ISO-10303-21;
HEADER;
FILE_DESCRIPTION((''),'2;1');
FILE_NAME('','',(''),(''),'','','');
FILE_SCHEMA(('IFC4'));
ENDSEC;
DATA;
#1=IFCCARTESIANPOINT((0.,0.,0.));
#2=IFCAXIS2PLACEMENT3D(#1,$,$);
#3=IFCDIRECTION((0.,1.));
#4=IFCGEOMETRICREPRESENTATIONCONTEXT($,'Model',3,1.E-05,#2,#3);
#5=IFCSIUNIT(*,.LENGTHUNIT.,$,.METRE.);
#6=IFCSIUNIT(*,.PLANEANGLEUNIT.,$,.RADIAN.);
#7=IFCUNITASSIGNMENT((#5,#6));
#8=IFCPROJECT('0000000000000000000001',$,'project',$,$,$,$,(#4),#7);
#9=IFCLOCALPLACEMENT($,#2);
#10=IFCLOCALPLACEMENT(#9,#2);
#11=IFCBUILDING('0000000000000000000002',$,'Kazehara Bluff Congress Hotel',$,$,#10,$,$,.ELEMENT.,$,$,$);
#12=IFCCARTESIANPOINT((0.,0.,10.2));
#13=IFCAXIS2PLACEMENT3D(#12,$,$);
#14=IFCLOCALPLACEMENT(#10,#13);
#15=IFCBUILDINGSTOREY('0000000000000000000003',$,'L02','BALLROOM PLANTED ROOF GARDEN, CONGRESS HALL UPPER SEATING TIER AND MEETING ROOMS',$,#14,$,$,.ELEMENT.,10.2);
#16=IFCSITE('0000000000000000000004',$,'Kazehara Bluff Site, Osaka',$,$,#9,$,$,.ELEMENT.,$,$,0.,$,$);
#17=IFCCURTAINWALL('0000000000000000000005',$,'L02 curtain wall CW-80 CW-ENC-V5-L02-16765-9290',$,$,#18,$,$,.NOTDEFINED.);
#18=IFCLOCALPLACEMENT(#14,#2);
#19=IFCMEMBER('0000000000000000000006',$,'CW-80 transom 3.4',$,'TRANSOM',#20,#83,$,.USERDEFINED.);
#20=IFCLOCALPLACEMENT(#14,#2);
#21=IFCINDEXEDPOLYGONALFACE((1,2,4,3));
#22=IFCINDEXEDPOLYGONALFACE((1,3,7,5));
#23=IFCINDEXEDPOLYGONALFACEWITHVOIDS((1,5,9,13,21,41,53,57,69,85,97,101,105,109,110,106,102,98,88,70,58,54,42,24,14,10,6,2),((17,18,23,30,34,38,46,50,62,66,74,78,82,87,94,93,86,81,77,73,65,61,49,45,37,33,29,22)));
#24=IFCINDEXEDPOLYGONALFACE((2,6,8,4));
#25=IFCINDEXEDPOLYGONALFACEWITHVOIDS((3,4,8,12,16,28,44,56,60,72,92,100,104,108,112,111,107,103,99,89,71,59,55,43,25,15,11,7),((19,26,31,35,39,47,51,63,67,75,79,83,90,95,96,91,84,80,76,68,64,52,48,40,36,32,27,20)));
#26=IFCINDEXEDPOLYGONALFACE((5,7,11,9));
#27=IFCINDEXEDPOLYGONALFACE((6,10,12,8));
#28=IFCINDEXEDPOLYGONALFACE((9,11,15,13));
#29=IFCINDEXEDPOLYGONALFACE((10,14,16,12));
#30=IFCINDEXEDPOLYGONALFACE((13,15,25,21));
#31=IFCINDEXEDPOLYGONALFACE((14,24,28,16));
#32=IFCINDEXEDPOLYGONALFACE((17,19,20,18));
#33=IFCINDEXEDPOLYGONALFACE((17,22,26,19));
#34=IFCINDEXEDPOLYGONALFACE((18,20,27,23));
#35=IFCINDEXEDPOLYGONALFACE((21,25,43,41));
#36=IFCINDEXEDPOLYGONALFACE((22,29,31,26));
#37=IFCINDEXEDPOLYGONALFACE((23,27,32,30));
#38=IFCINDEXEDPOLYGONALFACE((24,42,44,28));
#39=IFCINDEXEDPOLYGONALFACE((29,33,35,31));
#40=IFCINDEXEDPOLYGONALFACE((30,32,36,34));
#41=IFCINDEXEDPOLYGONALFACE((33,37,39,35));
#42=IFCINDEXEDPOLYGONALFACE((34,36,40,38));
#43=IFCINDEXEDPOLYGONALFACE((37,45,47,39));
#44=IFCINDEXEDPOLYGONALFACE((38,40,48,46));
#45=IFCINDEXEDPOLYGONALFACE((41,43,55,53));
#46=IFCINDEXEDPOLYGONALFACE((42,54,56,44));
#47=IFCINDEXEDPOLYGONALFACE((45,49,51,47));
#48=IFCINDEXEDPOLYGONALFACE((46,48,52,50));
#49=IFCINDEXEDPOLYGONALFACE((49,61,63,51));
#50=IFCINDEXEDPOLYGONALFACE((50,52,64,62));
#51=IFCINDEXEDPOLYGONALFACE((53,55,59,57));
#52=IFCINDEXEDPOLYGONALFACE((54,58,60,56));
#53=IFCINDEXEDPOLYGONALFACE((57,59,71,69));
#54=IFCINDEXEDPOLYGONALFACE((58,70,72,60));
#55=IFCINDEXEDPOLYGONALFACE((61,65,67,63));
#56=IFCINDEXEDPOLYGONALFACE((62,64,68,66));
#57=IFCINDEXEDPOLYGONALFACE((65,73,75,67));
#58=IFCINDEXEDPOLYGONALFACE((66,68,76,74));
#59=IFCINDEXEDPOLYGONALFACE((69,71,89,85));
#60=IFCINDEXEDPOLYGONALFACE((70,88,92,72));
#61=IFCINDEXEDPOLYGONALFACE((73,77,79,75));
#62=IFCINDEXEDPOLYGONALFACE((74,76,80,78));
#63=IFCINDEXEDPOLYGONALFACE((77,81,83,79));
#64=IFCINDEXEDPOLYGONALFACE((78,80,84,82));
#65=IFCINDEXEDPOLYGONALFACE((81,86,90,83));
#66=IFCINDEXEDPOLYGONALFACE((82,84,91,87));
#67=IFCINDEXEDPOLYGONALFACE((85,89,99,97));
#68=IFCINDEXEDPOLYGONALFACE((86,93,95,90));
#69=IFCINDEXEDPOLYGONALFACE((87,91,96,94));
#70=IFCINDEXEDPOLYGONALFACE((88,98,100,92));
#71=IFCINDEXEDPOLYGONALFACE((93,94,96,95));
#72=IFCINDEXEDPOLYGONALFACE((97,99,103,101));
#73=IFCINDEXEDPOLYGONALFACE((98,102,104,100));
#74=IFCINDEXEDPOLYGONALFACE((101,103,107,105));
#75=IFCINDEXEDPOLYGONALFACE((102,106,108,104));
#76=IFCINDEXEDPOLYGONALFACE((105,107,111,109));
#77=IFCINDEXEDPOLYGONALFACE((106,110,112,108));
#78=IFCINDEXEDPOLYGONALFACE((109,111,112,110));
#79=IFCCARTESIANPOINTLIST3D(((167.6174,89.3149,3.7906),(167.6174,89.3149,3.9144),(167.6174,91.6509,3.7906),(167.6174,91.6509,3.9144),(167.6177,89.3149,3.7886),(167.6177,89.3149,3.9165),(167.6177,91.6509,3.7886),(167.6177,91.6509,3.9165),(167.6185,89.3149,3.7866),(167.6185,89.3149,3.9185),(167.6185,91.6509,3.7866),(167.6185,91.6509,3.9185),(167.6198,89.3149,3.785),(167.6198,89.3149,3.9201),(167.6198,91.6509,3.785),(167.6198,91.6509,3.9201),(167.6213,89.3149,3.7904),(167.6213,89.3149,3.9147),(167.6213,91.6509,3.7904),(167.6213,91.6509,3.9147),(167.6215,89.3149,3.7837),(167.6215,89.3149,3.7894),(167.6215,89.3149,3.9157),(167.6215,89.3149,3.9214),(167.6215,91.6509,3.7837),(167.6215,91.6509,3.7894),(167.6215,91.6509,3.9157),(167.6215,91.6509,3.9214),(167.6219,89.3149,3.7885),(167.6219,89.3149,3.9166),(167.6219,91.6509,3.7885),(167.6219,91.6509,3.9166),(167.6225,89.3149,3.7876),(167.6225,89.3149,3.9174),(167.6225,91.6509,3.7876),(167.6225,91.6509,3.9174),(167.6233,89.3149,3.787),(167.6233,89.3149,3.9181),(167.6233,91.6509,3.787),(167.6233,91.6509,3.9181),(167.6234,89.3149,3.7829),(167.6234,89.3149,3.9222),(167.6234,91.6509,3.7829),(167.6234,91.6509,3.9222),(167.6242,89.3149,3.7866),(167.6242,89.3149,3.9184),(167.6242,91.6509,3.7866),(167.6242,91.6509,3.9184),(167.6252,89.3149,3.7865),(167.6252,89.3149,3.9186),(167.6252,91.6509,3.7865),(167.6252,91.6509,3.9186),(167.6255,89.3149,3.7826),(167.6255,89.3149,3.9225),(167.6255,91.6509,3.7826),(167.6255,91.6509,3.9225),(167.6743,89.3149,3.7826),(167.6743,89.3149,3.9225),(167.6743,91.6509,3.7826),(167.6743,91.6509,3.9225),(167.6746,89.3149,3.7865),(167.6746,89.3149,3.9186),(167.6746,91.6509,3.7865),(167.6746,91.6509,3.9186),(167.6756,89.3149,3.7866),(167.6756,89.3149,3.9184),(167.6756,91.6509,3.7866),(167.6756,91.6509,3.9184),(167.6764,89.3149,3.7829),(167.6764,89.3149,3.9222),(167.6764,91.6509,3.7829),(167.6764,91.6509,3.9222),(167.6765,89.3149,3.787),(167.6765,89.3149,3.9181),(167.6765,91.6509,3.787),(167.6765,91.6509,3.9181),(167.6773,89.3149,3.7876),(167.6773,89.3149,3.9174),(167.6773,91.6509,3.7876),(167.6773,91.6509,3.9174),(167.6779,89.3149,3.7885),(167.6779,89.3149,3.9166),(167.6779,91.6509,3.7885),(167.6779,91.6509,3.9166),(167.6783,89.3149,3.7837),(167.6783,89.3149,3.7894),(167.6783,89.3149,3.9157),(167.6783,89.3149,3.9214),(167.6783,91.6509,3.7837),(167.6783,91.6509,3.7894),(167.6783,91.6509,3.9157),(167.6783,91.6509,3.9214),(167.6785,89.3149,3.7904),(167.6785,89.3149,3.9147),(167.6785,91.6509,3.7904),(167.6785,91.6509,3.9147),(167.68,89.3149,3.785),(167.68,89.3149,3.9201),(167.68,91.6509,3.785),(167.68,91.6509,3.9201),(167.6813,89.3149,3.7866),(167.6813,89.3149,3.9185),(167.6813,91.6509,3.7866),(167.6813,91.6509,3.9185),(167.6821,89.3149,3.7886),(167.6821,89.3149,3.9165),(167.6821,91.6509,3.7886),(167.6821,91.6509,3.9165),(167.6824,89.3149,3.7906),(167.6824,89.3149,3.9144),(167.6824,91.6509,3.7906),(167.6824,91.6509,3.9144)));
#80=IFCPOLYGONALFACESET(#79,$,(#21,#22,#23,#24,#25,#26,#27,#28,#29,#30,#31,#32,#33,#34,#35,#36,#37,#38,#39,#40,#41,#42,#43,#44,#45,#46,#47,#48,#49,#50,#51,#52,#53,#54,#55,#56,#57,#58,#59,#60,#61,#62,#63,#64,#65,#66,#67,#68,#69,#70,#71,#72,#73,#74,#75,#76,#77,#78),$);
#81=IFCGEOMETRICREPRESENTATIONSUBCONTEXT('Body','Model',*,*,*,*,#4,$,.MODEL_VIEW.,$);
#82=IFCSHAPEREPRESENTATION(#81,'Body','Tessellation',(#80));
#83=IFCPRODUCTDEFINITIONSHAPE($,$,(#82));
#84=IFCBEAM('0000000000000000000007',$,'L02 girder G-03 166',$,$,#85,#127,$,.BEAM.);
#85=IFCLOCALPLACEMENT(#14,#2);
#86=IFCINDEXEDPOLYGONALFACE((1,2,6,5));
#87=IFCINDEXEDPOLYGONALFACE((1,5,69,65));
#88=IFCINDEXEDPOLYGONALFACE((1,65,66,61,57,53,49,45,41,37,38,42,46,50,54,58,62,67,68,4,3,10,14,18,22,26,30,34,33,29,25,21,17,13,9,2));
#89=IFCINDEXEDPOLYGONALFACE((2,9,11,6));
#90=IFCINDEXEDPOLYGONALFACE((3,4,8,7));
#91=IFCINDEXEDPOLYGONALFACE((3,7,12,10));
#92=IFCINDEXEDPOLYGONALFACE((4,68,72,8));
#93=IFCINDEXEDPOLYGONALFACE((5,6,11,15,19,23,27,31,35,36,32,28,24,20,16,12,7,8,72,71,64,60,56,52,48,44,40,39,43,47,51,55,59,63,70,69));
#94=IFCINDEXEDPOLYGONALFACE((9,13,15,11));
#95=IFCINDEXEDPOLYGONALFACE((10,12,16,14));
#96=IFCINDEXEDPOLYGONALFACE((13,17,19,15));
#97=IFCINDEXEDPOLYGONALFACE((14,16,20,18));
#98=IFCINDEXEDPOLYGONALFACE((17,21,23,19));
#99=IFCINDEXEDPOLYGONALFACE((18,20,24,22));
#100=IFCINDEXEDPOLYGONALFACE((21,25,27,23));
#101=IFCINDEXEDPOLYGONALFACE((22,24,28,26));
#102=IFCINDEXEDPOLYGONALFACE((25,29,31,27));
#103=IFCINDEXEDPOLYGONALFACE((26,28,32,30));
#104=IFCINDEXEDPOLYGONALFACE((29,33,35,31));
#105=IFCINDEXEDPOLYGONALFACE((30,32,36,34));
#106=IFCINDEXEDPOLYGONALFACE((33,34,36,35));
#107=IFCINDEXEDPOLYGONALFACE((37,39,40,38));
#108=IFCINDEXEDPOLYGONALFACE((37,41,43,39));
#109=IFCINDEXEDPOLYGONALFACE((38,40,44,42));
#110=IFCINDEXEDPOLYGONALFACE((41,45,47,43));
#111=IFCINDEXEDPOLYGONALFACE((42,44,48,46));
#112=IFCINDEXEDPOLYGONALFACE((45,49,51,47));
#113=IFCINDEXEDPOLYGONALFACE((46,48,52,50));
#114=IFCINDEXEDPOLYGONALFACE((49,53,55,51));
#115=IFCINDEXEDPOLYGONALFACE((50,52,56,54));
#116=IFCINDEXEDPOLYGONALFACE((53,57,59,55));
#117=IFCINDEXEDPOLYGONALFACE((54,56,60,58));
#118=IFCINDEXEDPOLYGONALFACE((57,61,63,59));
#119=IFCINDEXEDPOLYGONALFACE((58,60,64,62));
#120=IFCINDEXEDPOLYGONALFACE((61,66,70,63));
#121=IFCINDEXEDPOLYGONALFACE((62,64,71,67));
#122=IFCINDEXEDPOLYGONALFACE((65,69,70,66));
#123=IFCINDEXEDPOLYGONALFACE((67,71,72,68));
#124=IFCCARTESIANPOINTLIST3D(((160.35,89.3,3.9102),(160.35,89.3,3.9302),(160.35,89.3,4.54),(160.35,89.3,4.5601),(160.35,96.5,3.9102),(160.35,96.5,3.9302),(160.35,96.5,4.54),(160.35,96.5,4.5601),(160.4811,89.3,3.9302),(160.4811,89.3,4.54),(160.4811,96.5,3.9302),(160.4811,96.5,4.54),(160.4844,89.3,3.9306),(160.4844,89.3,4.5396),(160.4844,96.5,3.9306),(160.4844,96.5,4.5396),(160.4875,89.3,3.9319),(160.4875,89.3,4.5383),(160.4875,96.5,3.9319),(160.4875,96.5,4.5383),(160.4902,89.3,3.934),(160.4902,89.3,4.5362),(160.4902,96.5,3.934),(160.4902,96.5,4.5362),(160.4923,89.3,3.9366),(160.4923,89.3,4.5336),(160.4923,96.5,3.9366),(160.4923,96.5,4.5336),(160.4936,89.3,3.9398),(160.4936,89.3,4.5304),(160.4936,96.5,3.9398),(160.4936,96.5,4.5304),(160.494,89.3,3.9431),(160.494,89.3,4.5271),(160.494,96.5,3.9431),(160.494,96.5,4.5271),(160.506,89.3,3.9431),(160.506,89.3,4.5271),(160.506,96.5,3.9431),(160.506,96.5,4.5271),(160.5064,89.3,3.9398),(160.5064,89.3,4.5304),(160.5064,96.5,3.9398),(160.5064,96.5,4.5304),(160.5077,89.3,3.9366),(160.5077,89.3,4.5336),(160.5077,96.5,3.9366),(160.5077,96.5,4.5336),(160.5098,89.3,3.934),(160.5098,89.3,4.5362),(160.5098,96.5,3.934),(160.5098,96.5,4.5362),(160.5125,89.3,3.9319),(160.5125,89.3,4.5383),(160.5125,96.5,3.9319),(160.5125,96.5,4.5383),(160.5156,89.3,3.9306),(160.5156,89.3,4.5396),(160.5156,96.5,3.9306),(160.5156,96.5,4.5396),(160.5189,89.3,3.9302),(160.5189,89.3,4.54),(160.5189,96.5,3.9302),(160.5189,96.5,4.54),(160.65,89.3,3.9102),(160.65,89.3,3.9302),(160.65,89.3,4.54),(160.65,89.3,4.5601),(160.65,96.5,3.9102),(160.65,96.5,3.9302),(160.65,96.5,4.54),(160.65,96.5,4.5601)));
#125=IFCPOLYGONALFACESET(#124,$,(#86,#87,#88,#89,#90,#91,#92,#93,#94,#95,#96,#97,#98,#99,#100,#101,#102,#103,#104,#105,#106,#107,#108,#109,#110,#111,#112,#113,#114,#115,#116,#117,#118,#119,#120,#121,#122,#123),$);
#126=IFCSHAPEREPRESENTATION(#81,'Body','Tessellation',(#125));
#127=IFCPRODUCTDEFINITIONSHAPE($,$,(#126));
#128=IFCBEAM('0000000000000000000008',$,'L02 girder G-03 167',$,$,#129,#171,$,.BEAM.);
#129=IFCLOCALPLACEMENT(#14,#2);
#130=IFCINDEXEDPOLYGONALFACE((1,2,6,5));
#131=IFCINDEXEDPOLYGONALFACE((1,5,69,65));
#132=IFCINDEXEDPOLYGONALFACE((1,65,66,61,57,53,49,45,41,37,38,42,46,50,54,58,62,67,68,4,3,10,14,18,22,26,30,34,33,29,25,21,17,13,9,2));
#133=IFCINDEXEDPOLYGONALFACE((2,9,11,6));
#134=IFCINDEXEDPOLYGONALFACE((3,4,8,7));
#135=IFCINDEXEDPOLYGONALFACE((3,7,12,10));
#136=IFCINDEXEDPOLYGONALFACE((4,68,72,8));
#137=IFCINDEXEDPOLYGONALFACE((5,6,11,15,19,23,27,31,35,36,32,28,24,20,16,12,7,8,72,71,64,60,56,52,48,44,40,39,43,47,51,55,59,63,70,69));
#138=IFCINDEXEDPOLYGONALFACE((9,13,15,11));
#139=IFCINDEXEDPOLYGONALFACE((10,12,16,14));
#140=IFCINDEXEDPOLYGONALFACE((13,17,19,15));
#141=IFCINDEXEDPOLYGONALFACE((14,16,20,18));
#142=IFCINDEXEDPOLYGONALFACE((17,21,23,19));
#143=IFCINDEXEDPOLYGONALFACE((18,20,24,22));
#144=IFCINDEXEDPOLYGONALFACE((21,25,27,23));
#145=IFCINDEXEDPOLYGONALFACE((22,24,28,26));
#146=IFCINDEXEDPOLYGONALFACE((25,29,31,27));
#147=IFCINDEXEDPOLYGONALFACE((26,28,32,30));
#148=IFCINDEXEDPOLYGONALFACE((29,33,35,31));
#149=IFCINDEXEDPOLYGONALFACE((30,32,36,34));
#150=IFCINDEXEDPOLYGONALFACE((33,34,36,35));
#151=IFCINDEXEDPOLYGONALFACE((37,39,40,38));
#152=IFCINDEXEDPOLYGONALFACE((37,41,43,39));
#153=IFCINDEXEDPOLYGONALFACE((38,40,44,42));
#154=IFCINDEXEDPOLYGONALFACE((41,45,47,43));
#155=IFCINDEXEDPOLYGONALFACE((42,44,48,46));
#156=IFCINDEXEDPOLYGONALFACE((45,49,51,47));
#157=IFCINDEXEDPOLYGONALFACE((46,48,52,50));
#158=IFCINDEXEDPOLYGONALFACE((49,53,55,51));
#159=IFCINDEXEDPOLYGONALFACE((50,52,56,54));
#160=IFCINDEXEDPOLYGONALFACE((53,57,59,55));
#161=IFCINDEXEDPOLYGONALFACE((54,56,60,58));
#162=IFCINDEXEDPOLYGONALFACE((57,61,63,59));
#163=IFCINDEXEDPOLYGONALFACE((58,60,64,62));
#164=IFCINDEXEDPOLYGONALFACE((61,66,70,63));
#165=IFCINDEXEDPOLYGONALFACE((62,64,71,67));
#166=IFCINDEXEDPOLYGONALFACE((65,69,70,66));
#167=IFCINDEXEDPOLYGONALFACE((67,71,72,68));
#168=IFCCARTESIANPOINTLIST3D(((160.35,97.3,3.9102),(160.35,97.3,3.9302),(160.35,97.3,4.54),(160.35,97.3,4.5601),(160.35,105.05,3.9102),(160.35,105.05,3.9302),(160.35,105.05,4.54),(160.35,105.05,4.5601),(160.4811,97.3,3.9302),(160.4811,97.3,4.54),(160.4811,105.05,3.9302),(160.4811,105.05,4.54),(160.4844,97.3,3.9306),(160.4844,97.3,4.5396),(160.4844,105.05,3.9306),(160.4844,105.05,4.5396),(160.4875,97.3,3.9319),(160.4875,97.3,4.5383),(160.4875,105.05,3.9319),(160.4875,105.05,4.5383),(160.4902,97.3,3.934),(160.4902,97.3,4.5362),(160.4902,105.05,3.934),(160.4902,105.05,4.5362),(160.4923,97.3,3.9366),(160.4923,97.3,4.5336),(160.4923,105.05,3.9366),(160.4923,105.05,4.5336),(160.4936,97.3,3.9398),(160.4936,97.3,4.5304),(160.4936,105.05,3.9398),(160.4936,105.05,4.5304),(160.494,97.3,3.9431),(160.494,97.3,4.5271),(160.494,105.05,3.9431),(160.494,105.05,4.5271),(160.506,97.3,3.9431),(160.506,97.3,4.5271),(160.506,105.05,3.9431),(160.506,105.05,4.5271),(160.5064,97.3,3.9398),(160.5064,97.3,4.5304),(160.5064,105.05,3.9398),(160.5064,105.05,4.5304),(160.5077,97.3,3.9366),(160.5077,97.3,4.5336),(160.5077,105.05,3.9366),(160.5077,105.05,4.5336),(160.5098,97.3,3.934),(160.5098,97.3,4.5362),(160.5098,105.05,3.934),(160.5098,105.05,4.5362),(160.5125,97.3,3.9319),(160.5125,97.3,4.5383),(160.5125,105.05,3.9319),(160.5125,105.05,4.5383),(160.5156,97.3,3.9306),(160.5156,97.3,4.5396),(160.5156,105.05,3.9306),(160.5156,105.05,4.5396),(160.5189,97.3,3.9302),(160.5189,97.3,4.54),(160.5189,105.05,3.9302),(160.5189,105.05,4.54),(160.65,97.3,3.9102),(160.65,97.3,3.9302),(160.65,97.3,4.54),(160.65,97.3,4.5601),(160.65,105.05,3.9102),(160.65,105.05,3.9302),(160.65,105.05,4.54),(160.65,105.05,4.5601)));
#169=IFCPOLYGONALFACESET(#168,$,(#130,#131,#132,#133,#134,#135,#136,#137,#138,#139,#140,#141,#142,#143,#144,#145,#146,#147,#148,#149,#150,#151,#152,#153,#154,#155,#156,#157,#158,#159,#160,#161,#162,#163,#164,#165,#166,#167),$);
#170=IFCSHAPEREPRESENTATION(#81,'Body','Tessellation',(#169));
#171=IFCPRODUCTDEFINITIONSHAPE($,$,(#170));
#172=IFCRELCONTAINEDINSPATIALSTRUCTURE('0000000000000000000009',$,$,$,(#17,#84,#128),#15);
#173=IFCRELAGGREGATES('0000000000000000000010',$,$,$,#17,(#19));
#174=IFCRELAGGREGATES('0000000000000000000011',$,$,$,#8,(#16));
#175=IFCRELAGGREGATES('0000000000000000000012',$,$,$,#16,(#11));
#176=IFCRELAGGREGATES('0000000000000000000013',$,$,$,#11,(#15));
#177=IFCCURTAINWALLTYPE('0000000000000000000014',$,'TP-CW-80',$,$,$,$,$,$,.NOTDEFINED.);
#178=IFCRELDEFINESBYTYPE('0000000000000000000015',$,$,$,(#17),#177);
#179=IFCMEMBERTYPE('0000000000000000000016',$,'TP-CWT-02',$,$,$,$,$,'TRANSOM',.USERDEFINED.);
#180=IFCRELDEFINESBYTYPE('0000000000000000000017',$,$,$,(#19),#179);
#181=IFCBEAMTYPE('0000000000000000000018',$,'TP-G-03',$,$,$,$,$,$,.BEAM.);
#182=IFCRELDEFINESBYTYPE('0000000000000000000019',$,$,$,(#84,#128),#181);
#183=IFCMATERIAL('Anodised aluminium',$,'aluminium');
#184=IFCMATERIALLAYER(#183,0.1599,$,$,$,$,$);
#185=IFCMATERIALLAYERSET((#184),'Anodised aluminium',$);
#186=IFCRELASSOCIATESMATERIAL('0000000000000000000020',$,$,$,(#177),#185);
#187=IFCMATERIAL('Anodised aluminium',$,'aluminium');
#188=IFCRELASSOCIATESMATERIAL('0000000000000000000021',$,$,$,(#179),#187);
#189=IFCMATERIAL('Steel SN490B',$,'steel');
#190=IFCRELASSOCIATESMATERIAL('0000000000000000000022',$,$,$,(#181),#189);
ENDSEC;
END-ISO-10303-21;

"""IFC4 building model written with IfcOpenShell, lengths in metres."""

from ifc_helpers import new_model, si_unit, direction, frame, origin, origin_2d, place, context, subcontext, project, spatial, hollow_rectangle, i_section, extrude, material, layer, layer_set, material_profile, profile_set, type_object, element, aggregate, save


model = new_model("IFC4")

# Units and contexts
model_context = context("Model", 3, precision=1e-05, world=origin(), true_north=direction((0.0, 1.0)))
body_context = subcontext(model_context, "Body", "Model", "MODEL_VIEW")
ifc_project = project(units=[si_unit("LENGTHUNIT", "METRE"), si_unit("PLANEANGLEUNIT", "RADIAN")], contexts=[model_context])

# Site, building, storey
site_placement = place(None, origin())
site = spatial("IfcSite", under=ifc_project, at=site_placement, Name="Kazehara Bluff Site, Osaka", CompositionType="ELEMENT", RefElevation=0.0)
building_placement = place(site_placement, origin())
building = spatial("IfcBuilding", under=site, at=building_placement, Name="Kazehara Bluff Congress Hotel", CompositionType="ELEMENT")
storey_placement = place(building_placement, frame((0.0, 0.0, 10.2)))
storey = spatial("IfcBuildingStorey", under=building, at=storey_placement, Name="L02", Description="BALLROOM PLANTED ROOF GARDEN, CONGRESS HALL UPPER SEATING TIER AND MEETING ROOMS", CompositionType="ELEMENT", Elevation=10.2)

# Curtain wall, member
ifc_material_1 = material(Name="Anodised aluminium", Category="aluminium")
ifc_layer_1 = layer(ifc_material_1, 0.1599)
ifc_layer_set_1 = layer_set([ifc_layer_1], Name="Anodised aluminium")
curtain_wall_type = type_object("IfcCurtainWallType", Name="TP-CW-80", PredefinedType="NOTDEFINED", material=ifc_layer_set_1)
curtain_wall_placement = place(storey_placement, origin())
curtain_wall = element("IfcCurtainWall", 1, at=curtain_wall_placement, inside=storey, type_object=curtain_wall_type, Name="L02 curtain wall CW-80 CW-ENC-V5-L02-16765-9290", PredefinedType="NOTDEFINED")
ifc_material_2 = material(Name="Anodised aluminium", Category="aluminium")
ifc_material_profile_1 = material_profile(ifc_material_2, hollow_rectangle(XDim=0.0649, YDim=0.1399, WallThickness=0.0039, InnerFilletRadius=0.0039, OuterFilletRadius=0.0081, at=origin_2d()))
ifc_profile_set_1 = profile_set([ifc_material_profile_1], Name="Anodised aluminium")
member_type_1 = type_object("IfcMemberType", Name="TP-CWT-02", ElementType="TRANSOM", PredefinedType="USERDEFINED", material=ifc_profile_set_1)
member_1_placement = place(storey_placement, frame((167.6499, 91.6509, 3.8525), z_axis=(0.0, -1.0, 0.0), x_axis=(1.0, 0.0, 0.0)))
member_1 = element("IfcMember", 2, at=member_1_placement, type_object=member_type_1, Name="CW-80 transom 3.4", ObjectType="TRANSOM", PredefinedType="USERDEFINED", context=body_context, shape_type="SweptSolid", body=[
    extrude(hollow_rectangle(XDim=0.0649, YDim=0.1399, WallThickness=0.0039, InnerFilletRadius=0.0039, OuterFilletRadius=0.0081, at=origin_2d()), origin(), (0.0, 0.0, 1.0), 2.3359),
])

# Beams
ifc_material_3 = material(Name="Steel SN490B", Category="steel")
ifc_material_profile_2 = material_profile(ifc_material_3, i_section(OverallWidth=0.3, OverallDepth=0.6499, WebThickness=0.012, FlangeThickness=0.02, FilletRadius=0.0129, at=origin_2d()))
ifc_profile_set_2 = profile_set([ifc_material_profile_2], Name="Steel SN490B")
beam_type_1 = type_object("IfcBeamType", Name="TP-G-03", PredefinedType="BEAM", material=ifc_profile_set_2)
beam_1_placement = place(storey_placement, frame((160.5, 89.3, 4.2351), z_axis=(0.0, 1.0, 0.0), x_axis=(-1.0, 0.0, 0.0)))
element("IfcBeam", 3, at=beam_1_placement, inside=storey, type_object=beam_type_1, Name="L02 girder G-03 166", PredefinedType="BEAM", context=body_context, shape_type="SweptSolid", body=[
    extrude(i_section(OverallWidth=0.3, OverallDepth=0.6499, WebThickness=0.012, FlangeThickness=0.02, FilletRadius=0.0129, at=origin_2d()), origin(), (0.0, 0.0, 1.0), 7.2),
])
beam_2_placement = place(storey_placement, frame((160.5, 97.3, 4.2351), z_axis=(0.0, 1.0, 0.0), x_axis=(-1.0, 0.0, 0.0)))
element("IfcBeam", 4, at=beam_2_placement, inside=storey, type_object=beam_type_1, Name="L02 girder G-03 167", PredefinedType="BEAM", context=body_context, shape_type="SweptSolid", body=[
    extrude(i_section(OverallWidth=0.3, OverallDepth=0.6499, WebThickness=0.012, FlangeThickness=0.02, FilletRadius=0.0129, at=origin_2d()), origin(), (0.0, 0.0, 1.0), 7.75),
])

aggregate(curtain_wall, [member_1])

save(model, "model.ifc")
